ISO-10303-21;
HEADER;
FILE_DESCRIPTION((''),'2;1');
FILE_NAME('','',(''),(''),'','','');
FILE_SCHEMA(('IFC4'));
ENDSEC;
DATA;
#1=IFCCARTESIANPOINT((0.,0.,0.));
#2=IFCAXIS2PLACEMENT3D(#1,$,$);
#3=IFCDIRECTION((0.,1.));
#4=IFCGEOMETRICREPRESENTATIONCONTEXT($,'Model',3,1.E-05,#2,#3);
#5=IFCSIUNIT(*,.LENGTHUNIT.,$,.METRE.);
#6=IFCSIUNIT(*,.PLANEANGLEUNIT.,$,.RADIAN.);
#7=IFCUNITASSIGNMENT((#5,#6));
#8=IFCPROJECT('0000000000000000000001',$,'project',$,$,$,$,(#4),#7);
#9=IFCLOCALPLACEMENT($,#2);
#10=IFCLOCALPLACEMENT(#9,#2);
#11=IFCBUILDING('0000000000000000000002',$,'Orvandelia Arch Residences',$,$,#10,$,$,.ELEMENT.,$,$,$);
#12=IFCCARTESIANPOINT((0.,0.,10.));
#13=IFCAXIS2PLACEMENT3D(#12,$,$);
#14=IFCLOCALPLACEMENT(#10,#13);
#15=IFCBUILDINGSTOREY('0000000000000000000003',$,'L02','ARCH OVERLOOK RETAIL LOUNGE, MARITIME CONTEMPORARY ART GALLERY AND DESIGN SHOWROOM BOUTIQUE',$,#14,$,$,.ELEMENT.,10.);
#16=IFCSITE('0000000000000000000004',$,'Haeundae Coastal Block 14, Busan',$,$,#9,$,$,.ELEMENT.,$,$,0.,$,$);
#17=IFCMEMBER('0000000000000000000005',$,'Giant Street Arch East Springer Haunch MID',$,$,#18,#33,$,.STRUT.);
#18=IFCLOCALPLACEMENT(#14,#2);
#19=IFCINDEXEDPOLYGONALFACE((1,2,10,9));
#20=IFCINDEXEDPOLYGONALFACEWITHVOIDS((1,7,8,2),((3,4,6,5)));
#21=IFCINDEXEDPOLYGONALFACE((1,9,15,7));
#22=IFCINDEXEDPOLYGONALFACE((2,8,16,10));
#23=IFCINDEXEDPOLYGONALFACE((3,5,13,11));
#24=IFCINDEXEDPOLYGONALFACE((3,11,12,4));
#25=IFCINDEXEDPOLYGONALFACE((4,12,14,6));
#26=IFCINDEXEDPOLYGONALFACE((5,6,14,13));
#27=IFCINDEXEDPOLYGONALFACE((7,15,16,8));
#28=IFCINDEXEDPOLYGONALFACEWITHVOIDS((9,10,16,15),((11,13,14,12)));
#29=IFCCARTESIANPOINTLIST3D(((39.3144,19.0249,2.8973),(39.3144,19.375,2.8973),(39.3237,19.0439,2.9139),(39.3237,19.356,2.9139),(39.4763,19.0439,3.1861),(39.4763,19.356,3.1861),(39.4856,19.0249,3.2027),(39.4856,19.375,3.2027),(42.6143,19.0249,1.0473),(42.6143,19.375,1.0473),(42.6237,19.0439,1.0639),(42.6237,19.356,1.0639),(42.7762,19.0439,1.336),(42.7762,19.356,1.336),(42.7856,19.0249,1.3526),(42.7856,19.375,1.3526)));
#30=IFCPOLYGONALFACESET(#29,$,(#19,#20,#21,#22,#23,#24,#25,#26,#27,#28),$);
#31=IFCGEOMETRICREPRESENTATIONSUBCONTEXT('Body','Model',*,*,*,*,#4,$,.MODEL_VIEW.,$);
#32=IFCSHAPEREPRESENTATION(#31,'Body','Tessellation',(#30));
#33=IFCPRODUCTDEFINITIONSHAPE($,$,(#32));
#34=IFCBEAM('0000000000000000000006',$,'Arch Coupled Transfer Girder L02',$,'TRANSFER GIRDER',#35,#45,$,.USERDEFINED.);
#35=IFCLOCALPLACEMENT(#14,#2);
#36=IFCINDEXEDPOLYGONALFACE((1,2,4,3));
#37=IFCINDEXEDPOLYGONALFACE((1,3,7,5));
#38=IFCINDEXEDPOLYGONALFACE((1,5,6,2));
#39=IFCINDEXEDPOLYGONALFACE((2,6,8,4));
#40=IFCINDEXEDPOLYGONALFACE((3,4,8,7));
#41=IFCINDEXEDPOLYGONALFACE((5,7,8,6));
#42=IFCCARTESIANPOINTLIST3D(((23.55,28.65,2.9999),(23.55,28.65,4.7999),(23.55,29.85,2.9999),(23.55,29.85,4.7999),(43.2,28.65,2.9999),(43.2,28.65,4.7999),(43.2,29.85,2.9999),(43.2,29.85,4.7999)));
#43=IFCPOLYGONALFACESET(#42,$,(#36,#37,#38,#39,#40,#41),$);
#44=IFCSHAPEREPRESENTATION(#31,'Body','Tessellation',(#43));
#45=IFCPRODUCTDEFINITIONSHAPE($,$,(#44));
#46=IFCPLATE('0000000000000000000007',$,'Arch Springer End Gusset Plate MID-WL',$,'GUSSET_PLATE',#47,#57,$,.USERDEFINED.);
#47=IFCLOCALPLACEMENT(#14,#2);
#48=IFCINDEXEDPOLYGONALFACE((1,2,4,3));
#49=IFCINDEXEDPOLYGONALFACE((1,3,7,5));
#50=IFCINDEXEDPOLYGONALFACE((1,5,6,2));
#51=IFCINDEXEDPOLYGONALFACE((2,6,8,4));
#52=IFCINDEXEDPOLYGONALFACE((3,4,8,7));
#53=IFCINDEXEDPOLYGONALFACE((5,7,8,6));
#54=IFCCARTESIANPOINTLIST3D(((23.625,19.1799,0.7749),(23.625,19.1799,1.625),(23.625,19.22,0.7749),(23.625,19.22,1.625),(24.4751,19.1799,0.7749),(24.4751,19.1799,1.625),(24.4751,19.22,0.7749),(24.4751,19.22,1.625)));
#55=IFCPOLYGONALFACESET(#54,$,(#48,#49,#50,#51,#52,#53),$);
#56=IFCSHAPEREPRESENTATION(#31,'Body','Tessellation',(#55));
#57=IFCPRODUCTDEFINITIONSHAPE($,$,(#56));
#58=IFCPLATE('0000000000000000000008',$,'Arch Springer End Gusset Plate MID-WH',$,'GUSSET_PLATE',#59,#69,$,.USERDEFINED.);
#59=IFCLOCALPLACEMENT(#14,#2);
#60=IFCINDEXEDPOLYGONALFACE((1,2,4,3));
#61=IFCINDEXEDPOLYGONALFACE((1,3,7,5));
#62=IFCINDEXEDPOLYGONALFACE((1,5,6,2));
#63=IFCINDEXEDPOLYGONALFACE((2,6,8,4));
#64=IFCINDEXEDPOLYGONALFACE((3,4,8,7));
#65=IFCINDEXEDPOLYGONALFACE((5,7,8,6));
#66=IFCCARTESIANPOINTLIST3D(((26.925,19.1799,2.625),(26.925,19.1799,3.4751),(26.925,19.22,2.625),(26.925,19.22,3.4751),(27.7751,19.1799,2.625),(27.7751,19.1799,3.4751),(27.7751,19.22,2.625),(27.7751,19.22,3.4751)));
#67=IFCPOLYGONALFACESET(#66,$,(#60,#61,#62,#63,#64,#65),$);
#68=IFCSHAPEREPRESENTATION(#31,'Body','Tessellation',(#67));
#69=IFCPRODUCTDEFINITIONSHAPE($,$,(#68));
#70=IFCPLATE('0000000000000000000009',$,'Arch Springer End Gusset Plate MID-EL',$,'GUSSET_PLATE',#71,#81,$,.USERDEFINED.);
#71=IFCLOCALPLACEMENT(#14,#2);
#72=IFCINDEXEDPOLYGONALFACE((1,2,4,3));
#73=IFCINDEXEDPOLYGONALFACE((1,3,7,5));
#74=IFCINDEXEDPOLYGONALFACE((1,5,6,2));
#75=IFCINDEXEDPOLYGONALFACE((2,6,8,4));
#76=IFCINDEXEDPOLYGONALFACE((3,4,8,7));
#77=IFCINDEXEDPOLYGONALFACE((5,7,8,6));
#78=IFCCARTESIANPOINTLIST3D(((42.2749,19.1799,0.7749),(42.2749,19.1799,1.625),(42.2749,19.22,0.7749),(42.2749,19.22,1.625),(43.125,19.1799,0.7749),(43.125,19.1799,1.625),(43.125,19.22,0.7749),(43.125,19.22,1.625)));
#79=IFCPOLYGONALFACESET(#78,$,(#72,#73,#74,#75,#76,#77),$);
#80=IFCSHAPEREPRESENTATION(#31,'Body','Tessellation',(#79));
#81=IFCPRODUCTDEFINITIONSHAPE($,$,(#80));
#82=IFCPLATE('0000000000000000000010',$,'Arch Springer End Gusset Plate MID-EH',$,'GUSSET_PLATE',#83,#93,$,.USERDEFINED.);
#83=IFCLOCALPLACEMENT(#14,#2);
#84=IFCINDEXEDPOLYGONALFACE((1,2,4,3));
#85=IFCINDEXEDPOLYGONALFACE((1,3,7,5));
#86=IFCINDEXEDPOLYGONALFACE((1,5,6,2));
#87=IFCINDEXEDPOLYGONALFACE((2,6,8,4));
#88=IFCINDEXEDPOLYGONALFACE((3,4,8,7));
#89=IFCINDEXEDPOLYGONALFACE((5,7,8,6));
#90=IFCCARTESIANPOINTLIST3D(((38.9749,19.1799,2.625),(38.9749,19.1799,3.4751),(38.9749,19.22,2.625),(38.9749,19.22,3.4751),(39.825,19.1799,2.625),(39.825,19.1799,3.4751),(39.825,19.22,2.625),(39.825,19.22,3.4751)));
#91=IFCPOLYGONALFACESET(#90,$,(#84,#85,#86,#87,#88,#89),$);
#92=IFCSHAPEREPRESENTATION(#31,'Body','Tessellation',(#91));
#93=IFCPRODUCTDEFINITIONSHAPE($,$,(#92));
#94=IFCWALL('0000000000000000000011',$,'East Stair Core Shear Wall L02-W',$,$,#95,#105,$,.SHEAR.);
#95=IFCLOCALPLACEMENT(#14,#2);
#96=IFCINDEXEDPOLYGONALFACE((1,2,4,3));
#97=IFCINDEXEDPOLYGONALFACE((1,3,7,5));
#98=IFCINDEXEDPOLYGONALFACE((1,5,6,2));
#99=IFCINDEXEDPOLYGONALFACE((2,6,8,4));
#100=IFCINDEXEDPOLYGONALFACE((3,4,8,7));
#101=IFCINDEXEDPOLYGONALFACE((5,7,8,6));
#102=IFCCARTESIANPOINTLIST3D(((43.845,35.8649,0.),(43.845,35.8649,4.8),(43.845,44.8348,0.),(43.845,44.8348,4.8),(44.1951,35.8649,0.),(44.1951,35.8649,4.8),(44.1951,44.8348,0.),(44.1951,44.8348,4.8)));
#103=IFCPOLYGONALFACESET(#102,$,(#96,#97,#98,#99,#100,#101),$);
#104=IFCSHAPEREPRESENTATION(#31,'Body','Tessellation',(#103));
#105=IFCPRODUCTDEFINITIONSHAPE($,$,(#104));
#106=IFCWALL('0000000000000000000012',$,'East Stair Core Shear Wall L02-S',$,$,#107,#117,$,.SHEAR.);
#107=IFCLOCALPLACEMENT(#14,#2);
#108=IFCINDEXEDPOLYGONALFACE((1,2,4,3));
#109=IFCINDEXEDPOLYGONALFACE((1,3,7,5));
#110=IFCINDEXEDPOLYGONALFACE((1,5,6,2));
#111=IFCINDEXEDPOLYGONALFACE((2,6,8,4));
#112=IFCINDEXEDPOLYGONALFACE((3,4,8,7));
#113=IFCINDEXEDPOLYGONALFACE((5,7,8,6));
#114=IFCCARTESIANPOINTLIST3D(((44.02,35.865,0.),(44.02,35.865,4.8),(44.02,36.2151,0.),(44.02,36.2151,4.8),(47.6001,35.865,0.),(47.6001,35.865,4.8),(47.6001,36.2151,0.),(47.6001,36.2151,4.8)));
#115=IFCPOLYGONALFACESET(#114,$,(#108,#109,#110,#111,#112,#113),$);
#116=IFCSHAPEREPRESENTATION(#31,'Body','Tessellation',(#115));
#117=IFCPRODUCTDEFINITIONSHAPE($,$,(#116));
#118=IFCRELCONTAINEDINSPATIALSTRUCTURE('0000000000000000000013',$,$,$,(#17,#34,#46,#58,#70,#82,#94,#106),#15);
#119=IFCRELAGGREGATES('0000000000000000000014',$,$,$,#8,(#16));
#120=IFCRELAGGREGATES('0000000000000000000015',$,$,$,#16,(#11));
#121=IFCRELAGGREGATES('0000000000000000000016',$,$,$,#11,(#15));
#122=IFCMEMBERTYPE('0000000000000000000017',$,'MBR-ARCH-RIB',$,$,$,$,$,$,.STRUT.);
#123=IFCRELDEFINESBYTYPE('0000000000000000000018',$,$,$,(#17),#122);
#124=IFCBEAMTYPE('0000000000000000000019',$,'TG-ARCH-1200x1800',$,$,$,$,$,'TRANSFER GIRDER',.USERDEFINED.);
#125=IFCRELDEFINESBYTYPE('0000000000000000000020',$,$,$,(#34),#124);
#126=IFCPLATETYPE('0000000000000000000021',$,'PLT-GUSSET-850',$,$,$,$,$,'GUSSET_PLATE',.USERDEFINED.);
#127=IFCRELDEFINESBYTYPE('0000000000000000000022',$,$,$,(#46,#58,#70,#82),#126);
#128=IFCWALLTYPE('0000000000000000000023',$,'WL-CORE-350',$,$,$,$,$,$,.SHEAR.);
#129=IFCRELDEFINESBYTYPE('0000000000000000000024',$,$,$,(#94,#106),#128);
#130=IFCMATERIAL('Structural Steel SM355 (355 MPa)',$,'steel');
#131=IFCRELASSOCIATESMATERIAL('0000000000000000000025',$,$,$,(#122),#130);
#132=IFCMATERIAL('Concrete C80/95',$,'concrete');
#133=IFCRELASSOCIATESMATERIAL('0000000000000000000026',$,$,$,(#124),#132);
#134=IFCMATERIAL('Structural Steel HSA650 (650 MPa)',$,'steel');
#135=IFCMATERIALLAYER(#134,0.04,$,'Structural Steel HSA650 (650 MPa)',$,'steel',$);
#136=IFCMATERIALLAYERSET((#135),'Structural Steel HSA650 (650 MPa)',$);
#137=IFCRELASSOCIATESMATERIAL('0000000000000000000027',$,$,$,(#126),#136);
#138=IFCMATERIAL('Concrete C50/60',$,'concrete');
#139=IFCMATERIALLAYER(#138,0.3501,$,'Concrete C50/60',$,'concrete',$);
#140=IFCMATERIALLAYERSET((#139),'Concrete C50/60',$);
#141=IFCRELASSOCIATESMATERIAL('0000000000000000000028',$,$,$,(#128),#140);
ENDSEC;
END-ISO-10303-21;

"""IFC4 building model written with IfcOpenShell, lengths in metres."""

from ifc_helpers import new_model, si_unit, direction, frame, frame_2d, origin, origin_2d, place, context, subcontext, project, spatial, rectangle, hollow_rectangle, extrude, material, layer, layer_set, material_profile, profile_set, type_object, element, save


model = new_model("IFC4")

# Units and contexts
model_context = context("Model", 3, precision=1e-05, world=origin(), true_north=direction((0.0, 1.0)))
body_context = subcontext(model_context, "Body", "Model", "MODEL_VIEW")
ifc_project = project(units=[si_unit("LENGTHUNIT", "METRE"), si_unit("PLANEANGLEUNIT", "RADIAN")], contexts=[model_context])

# Site, building, storey
site_placement = place(None, origin())
site = spatial("IfcSite", under=ifc_project, at=site_placement, Name="Haeundae Coastal Block 14, Busan", CompositionType="ELEMENT", RefElevation=0.0)
building_placement = place(site_placement, origin())
building = spatial("IfcBuilding", under=site, at=building_placement, Name="Orvandelia Arch Residences", CompositionType="ELEMENT")
storey_placement = place(building_placement, frame((0.0, 0.0, 10.0)))
storey = spatial("IfcBuildingStorey", under=building, at=storey_placement, Name="L02", Description="ARCH OVERLOOK RETAIL LOUNGE, MARITIME CONTEMPORARY ART GALLERY AND DESIGN SHOWROOM BOUTIQUE", CompositionType="ELEMENT", Elevation=10.0)

# Shared definitions
ifc_material_1 = material(Name="Concrete C80/95", Category="concrete")

# Shared definitions
ifc_material_2 = material(Name="Structural Steel HSA650 (650 MPa)", Category="steel")

# Member
ifc_material_3 = material(Name="Structural Steel SM355 (355 MPa)", Category="steel")
ifc_material_profile_1 = material_profile(ifc_material_3, hollow_rectangle(XDim=0.3501, YDim=0.3501, WallThickness=0.019, at=origin_2d()), Name="Structural Steel SM355 (355 MPa)", Category="steel")
ifc_profile_set_1 = profile_set([ifc_material_profile_1], Name="Structural Steel SM355 (355 MPa)")
member_type = type_object("IfcMemberType", Name="MBR-ARCH-RIB", PredefinedType="STRUT", material=ifc_profile_set_1)
member_placement = place(storey_placement, frame((42.7, 19.2, 1.2), z_axis=(-0.872273, 0.0, 0.48902), x_axis=(0.0, -1.0, 0.0)))
element("IfcMember", 1, at=member_placement, inside=storey, type_object=member_type, Name="Giant Street Arch East Springer Haunch MID", PredefinedType="STRUT", context=body_context, shape_type="SweptSolid", body=[
    extrude(hollow_rectangle(XDim=0.3501, YDim=0.3501, WallThickness=0.019, at=origin_2d()), origin(), (0.0, 0.0, 1.0), 3.7832),
])

# Beam
ifc_material_profile_2 = material_profile(ifc_material_1, rectangle(XDim=1.2, YDim=1.8, at=origin_2d()), Name="Concrete C80/95", Category="concrete")
ifc_profile_set_2 = profile_set([ifc_material_profile_2], Name="Concrete C80/95")
beam_type_1 = type_object("IfcBeamType", Name="TG-ARCH-1200x1800", ElementType="TRANSFER GIRDER", PredefinedType="USERDEFINED", material=ifc_profile_set_2)
beam_1_placement = place(storey_placement, frame((23.55, 29.25, 3.8999), z_axis=(1.0, 0.0, 0.0), x_axis=(0.0, 1.0, 0.0)))
element("IfcBeam", 2, at=beam_1_placement, inside=storey, type_object=beam_type_1, Name="Arch Coupled Transfer Girder L02", ObjectType="TRANSFER GIRDER", PredefinedType="USERDEFINED", context=body_context, shape_type="SweptSolid", body=[
    extrude(rectangle(XDim=1.2, YDim=1.8, at=origin_2d()), origin(), (0.0, 0.0, 1.0), 19.6499),
])

# Plates
ifc_layer_1 = layer(ifc_material_2, 0.04, Name="Structural Steel HSA650 (650 MPa)", Category="steel")
ifc_layer_set_1 = layer_set([ifc_layer_1], Name="Structural Steel HSA650 (650 MPa)")
plate_type = type_object("IfcPlateType", Name="PLT-GUSSET-850", ElementType="GUSSET_PLATE", PredefinedType="USERDEFINED", material=ifc_layer_set_1)
for number, where, z_axis, x_axis, name in (
    (3, (24.05, 19.2, 0.7749), (0.0, 0.0, 1.0), (1.0, 0.0, 0.0), "Arch Springer End Gusset Plate MID-WL"),
    (4, (27.3501, 19.2, 2.625), (0.0, 0.0, 1.0), (1.0, 0.0, 0.0), "Arch Springer End Gusset Plate MID-WH"),
    (5, (42.7, 19.2, 0.7749), (0.0, 0.0, 1.0), (1.0, 0.0, 0.0), "Arch Springer End Gusset Plate MID-EL"),
    (6, (39.3999, 19.2, 2.625), (0.0, 0.0, 1.0), (1.0, 0.0, 0.0), "Arch Springer End Gusset Plate MID-EH"),
):
    element("IfcPlate", number, at=place(storey_placement, frame(where, z_axis=z_axis, x_axis=x_axis)), inside=storey, type_object=plate_type, Name=name, ObjectType="GUSSET_PLATE", PredefinedType="USERDEFINED", context=body_context, shape_type="SweptSolid", body=[
        extrude(rectangle(XDim=0.8501, YDim=0.04, at=origin_2d()), origin(), (0.0, 0.0, 1.0), 0.8501),
    ])

# Walls
ifc_material_4 = material(Name="Concrete C50/60", Category="concrete")
ifc_layer_2 = layer(ifc_material_4, 0.3501, Name="Concrete C50/60", Category="concrete")
ifc_layer_set_2 = layer_set([ifc_layer_2], Name="Concrete C50/60")
wall_type = type_object("IfcWallType", Name="WL-CORE-350", PredefinedType="SHEAR", material=ifc_layer_set_2)
wall_1_placement = place(storey_placement, frame((44.02, 35.865, 0.0), z_axis=(0.0, 0.0, 1.0), x_axis=(0.0, 1.0, 0.0)))
element("IfcWall", 7, at=wall_1_placement, inside=storey, type_object=wall_type, Name="East Stair Core Shear Wall L02-W", PredefinedType="SHEAR", context=body_context, shape_type="SweptSolid", body=[
    extrude(rectangle(XDim=8.97, YDim=0.3501, at=frame_2d((4.4849, 0.0))), origin(), (0.0, 0.0, 1.0), 4.8),
])
wall_2_placement = place(storey_placement, frame((44.02, 36.04, 0.0), z_axis=(0.0, 0.0, 1.0), x_axis=(1.0, 0.0, 0.0)))
element("IfcWall", 8, at=wall_2_placement, inside=storey, type_object=wall_type, Name="East Stair Core Shear Wall L02-S", PredefinedType="SHEAR", context=body_context, shape_type="SweptSolid", body=[
    extrude(rectangle(XDim=3.5801, YDim=0.3501, at=frame_2d((1.79, 0.0))), origin(), (0.0, 0.0, 1.0), 4.8),
])

save(model, "model.ifc")
